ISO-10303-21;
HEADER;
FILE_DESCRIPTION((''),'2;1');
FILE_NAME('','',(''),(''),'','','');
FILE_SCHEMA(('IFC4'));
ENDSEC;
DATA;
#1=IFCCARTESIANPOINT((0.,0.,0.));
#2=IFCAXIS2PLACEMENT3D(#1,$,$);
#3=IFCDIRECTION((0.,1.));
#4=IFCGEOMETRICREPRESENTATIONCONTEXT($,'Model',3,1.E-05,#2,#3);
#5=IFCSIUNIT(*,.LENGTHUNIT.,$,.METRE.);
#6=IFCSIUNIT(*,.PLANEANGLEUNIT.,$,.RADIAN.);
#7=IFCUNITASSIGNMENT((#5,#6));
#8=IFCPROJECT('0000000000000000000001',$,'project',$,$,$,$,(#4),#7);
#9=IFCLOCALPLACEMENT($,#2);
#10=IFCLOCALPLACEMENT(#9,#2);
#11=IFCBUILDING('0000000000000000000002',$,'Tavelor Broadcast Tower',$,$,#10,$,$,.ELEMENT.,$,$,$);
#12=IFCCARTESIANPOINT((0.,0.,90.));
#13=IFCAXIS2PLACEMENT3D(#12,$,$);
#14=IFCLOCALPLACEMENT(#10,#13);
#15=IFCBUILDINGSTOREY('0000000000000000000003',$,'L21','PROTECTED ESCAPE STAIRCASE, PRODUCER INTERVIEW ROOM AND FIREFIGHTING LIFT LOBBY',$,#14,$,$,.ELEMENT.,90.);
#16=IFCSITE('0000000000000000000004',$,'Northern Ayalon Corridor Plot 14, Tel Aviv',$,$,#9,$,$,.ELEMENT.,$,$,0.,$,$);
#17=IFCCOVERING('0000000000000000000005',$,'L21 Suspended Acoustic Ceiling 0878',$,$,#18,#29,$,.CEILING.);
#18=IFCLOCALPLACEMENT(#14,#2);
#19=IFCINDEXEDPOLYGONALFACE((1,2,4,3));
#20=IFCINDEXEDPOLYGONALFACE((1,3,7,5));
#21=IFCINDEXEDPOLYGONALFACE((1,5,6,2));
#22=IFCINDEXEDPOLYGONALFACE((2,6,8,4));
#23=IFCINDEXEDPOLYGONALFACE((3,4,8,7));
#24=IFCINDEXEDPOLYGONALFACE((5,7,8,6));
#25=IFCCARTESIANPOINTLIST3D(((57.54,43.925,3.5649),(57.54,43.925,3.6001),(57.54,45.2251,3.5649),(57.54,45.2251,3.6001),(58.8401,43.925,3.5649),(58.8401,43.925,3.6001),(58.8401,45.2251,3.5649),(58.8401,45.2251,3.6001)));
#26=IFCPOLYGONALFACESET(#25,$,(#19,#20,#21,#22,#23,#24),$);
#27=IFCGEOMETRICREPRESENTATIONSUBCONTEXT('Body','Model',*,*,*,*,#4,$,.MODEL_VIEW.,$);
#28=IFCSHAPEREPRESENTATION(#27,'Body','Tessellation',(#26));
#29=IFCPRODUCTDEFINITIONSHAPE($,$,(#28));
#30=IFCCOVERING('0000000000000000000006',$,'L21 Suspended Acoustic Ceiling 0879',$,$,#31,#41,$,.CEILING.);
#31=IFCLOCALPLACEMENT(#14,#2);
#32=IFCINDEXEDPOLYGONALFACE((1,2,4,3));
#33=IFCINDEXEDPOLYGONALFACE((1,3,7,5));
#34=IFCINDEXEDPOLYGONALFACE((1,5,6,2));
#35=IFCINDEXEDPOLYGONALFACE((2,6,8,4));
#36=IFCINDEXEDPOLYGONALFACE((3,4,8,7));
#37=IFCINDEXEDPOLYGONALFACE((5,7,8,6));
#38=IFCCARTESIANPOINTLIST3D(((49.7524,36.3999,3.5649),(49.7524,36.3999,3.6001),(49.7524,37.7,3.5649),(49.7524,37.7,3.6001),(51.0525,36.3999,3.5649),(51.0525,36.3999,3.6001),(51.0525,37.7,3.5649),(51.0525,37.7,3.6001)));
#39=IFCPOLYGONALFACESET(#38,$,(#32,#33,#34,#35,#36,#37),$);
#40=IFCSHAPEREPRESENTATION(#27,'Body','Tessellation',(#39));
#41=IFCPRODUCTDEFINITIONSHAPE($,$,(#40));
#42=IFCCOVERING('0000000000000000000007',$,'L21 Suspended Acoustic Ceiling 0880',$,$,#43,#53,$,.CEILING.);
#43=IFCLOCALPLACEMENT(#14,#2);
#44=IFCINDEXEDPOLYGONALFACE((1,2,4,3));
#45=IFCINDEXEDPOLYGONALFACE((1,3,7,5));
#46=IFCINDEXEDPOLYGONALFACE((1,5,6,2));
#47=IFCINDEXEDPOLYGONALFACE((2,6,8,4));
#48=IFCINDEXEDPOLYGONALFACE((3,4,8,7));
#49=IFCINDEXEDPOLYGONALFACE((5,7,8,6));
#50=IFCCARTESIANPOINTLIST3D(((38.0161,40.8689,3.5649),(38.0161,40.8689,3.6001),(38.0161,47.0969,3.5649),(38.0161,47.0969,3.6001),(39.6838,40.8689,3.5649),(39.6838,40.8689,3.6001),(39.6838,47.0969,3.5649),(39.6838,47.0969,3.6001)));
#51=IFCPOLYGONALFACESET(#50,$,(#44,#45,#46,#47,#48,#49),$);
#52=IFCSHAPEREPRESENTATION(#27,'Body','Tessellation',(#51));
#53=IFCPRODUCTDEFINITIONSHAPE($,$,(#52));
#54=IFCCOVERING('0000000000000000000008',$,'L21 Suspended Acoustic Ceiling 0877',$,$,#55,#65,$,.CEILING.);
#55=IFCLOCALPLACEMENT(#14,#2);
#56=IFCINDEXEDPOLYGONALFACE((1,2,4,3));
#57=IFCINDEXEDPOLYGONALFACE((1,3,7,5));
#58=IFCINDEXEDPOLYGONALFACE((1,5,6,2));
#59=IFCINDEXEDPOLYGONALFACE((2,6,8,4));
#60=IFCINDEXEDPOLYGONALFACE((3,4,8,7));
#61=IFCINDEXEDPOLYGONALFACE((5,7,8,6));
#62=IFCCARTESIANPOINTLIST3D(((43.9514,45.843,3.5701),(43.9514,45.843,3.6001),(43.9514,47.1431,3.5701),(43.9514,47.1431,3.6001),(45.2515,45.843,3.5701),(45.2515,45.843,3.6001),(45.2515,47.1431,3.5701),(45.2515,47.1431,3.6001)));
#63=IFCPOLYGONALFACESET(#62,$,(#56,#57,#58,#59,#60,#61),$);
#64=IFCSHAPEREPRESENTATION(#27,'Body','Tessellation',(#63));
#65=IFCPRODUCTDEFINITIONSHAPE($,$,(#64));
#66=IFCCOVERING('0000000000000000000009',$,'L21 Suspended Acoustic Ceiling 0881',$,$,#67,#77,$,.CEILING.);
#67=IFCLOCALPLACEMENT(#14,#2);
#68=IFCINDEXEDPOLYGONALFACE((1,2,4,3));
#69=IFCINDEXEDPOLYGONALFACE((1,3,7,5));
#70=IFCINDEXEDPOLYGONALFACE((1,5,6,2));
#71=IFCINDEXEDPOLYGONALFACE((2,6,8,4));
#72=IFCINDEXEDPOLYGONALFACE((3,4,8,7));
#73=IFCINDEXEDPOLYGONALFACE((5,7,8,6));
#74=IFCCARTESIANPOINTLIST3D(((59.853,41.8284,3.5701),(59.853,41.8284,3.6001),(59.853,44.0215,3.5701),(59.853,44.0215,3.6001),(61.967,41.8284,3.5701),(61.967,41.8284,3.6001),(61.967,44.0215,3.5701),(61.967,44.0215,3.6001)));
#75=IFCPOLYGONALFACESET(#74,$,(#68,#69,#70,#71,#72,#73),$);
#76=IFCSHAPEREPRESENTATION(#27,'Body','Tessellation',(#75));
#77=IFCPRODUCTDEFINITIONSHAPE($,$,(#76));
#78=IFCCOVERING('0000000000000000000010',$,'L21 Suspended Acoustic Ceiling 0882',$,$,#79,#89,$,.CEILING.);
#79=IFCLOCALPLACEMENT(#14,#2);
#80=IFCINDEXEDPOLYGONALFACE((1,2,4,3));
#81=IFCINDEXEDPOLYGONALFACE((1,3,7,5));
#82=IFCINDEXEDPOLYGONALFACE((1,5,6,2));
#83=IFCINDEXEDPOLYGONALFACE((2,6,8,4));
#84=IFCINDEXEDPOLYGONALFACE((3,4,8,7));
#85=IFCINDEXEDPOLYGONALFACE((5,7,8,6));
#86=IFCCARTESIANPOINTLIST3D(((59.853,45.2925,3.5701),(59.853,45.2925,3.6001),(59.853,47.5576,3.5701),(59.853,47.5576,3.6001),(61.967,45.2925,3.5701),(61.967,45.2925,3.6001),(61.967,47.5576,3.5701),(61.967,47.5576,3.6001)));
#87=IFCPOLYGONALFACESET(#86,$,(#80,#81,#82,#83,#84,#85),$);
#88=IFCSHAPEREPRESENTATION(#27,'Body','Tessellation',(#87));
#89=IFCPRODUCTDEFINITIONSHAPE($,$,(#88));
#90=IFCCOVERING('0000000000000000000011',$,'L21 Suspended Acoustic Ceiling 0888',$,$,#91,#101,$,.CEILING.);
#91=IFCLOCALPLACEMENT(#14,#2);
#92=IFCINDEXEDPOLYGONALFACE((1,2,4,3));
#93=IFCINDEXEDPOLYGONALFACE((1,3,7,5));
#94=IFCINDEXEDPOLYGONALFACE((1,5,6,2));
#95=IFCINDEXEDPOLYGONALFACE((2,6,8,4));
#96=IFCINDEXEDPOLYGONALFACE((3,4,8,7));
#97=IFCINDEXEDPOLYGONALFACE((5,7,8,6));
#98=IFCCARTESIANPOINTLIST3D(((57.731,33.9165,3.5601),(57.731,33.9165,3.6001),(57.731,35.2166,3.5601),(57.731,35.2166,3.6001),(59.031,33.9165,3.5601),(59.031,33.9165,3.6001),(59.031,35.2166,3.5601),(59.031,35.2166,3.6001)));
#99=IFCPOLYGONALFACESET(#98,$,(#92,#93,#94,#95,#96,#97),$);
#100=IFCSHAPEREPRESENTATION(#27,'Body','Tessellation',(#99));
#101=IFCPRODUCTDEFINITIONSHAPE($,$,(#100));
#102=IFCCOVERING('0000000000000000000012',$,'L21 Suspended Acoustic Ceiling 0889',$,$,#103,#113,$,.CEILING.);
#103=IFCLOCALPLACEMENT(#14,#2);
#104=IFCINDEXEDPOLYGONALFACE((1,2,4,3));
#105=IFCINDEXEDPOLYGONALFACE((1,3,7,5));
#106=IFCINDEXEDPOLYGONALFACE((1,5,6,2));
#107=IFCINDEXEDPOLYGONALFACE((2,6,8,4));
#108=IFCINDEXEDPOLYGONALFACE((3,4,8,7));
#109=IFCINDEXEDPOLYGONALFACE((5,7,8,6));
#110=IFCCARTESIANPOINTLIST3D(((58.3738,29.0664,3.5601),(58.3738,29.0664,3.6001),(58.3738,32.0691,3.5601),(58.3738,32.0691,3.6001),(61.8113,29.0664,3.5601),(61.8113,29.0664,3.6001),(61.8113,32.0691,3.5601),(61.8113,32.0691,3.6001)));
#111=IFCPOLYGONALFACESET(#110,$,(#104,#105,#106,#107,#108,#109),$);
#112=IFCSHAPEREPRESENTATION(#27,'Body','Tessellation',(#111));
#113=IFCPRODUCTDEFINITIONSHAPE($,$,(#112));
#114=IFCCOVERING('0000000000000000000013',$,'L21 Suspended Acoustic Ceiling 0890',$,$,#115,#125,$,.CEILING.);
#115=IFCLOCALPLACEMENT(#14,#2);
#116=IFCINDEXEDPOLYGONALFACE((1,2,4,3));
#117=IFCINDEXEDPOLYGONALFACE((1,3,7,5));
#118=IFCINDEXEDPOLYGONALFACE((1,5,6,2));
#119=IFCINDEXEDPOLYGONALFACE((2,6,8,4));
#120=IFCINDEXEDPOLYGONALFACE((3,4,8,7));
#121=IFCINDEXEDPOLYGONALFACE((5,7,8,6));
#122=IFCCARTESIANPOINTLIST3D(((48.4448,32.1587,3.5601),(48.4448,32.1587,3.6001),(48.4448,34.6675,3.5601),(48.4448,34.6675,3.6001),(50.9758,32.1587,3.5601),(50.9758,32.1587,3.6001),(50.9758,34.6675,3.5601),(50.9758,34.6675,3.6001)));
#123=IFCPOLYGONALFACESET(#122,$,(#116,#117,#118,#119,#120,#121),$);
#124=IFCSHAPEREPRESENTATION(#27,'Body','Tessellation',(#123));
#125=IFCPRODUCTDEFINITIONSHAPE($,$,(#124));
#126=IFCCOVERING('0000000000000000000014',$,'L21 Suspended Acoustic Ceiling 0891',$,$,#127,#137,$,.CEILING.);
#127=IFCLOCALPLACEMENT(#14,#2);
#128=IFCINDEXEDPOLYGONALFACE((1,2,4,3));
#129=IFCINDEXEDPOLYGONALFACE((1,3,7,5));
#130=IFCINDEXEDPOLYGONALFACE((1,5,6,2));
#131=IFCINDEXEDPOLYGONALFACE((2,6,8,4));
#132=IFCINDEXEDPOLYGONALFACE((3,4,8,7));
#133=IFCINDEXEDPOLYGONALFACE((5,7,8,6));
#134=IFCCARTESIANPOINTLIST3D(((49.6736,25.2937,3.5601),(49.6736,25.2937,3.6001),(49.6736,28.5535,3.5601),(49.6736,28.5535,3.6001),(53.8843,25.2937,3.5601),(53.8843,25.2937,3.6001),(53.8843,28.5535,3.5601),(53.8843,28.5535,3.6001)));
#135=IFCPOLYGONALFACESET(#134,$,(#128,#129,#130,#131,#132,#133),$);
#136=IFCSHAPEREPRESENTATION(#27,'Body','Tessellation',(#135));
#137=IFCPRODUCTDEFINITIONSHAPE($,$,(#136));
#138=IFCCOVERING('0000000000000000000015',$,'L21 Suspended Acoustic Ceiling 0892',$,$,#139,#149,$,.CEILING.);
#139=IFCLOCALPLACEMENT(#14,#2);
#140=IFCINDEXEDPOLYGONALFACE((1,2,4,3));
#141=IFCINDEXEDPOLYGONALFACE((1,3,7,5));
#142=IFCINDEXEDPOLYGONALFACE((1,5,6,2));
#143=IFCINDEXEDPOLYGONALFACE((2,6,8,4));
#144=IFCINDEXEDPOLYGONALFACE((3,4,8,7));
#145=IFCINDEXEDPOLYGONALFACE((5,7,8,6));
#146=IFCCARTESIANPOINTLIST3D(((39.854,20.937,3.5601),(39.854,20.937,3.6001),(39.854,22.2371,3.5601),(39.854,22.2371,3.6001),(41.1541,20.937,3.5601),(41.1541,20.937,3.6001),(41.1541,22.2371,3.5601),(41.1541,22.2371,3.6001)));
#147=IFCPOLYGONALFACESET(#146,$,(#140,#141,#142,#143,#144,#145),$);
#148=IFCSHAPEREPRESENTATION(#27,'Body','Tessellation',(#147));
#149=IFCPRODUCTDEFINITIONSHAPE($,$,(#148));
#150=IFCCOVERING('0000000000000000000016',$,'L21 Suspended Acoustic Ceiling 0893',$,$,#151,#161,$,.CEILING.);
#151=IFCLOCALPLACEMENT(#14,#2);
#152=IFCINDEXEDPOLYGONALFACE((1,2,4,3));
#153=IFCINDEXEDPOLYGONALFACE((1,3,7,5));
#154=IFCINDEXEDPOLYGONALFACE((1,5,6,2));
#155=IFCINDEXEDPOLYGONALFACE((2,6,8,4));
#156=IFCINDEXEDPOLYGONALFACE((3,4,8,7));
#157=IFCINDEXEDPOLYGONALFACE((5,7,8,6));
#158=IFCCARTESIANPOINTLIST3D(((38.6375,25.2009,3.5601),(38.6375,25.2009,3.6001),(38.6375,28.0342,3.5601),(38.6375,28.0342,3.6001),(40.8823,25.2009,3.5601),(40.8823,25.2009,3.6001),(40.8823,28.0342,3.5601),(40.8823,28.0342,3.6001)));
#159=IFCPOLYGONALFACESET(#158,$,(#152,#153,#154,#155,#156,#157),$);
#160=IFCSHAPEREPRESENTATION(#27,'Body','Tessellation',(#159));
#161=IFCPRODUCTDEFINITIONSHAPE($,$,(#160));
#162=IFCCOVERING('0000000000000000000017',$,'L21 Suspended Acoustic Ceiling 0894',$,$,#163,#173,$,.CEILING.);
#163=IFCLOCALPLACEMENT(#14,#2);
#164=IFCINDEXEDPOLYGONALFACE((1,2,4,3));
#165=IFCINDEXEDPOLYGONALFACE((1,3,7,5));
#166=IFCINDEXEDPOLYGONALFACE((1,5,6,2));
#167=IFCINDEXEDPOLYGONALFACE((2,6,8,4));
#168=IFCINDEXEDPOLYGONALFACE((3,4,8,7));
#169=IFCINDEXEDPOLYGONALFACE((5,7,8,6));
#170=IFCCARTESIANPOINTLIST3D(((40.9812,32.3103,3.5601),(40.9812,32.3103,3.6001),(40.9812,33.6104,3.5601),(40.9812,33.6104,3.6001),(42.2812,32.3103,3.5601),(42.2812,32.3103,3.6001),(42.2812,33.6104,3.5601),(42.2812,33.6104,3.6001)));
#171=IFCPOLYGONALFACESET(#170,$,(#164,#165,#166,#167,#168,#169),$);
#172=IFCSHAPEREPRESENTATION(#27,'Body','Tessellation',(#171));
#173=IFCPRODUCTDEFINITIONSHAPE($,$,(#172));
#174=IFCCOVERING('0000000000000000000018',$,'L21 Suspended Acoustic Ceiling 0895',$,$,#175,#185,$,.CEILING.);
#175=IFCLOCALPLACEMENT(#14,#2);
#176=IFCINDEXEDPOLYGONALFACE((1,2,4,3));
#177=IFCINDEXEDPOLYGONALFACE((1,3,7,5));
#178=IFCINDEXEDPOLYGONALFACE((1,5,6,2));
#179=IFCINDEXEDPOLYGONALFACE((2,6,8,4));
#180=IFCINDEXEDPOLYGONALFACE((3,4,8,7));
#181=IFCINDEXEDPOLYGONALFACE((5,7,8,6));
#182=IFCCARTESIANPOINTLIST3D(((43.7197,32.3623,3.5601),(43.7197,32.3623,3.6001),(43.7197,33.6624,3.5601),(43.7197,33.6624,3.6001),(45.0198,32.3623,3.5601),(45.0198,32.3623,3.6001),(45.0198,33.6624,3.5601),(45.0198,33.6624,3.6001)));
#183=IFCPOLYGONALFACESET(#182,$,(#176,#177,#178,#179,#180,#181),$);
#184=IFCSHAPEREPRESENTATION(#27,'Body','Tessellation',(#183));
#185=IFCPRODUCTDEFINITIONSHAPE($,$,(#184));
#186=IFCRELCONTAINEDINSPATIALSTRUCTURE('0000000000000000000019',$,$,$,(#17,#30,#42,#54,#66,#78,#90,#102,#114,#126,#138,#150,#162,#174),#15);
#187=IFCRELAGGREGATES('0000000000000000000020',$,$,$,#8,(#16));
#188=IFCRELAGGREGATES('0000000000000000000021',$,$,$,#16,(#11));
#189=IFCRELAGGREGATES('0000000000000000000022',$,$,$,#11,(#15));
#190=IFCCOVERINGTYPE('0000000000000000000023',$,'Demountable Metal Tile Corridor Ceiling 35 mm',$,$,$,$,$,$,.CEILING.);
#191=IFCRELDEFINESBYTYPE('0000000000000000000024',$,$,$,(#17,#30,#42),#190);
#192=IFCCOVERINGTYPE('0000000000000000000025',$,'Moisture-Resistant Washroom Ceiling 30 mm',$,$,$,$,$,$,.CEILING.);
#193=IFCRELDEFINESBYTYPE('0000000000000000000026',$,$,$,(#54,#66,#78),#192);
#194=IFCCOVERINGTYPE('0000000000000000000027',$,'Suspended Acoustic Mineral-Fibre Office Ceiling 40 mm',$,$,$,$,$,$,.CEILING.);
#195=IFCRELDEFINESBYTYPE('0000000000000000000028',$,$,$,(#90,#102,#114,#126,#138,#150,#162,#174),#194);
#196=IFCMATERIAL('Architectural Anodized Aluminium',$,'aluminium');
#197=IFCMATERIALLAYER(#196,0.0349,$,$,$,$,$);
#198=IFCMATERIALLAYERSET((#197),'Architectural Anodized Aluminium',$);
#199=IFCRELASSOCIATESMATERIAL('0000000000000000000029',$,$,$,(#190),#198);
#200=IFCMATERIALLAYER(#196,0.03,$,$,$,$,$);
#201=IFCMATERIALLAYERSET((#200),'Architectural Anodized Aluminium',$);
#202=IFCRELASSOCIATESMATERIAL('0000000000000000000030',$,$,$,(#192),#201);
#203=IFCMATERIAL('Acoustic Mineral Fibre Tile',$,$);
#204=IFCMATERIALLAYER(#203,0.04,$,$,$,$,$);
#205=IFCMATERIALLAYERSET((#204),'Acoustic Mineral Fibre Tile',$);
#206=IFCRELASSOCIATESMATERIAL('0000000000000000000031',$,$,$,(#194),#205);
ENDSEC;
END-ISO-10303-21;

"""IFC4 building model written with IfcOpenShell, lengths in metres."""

from ifc_helpers import new_model, si_unit, direction, frame, origin, place, context, subcontext, project, spatial, polyline, outline, extrude, material, layer, layer_set, type_object, element, save


model = new_model("IFC4")

# Units and contexts
model_context = context("Model", 3, precision=1e-05, world=origin(), true_north=direction((0.0, 1.0)))
body_context = subcontext(model_context, "Body", "Model", "MODEL_VIEW")
ifc_project = project(units=[si_unit("LENGTHUNIT", "METRE"), si_unit("PLANEANGLEUNIT", "RADIAN")], contexts=[model_context])

# Site, building, storey
site_placement = place(None, origin())
site = spatial("IfcSite", under=ifc_project, at=site_placement, Name="Northern Ayalon Corridor Plot 14, Tel Aviv", CompositionType="ELEMENT", RefElevation=0.0)
building_placement = place(site_placement, origin())
building = spatial("IfcBuilding", under=site, at=building_placement, Name="Tavelor Broadcast Tower", CompositionType="ELEMENT")
storey_placement = place(building_placement, frame((0.0, 0.0, 90.0)))
storey = spatial("IfcBuildingStorey", under=building, at=storey_placement, Name="L21", Description="PROTECTED ESCAPE STAIRCASE, PRODUCER INTERVIEW ROOM AND FIREFIGHTING LIFT LOBBY", CompositionType="ELEMENT", Elevation=90.0)

# Coverings
ifc_material_1 = material(Name="Architectural Anodized Aluminium", Category="aluminium")
ifc_layer_1 = layer(ifc_material_1, 0.0349)
ifc_layer_set_1 = layer_set([ifc_layer_1], Name="Architectural Anodized Aluminium")
covering_type_1 = type_object("IfcCoveringType", Name="Demountable Metal Tile Corridor Ceiling 35 mm", PredefinedType="CEILING", material=ifc_layer_set_1)
covering_1_placement = place(storey_placement, frame((0.0, 0.0, 3.5649)))
element("IfcCovering", 1, at=covering_1_placement, inside=storey, type_object=covering_type_1, Name="L21 Suspended Acoustic Ceiling 0878", PredefinedType="CEILING", context=body_context, shape_type="SweptSolid", body=[
    extrude(outline(polyline([(57.54, 43.925), (58.8401, 43.925), (58.8401, 45.2251), (57.54, 45.2251), (57.54, 43.925)])), origin(), (0.0, 0.0, 1.0), 0.0352),
])
covering_2_placement = place(storey_placement, frame((0.0, 0.0, 3.5649)))
element("IfcCovering", 2, at=covering_2_placement, inside=storey, type_object=covering_type_1, Name="L21 Suspended Acoustic Ceiling 0879", PredefinedType="CEILING", context=body_context, shape_type="SweptSolid", body=[
    extrude(outline(polyline([(49.7524, 36.3999), (51.0525, 36.3999), (51.0525, 37.7), (49.7524, 37.7), (49.7524, 36.3999)])), origin(), (0.0, 0.0, 1.0), 0.0352),
])
covering_3_placement = place(storey_placement, frame((0.0, 0.0, 3.5649)))
element("IfcCovering", 3, at=covering_3_placement, inside=storey, type_object=covering_type_1, Name="L21 Suspended Acoustic Ceiling 0880", PredefinedType="CEILING", context=body_context, shape_type="SweptSolid", body=[
    extrude(outline(polyline([(38.0161, 40.8689), (39.6838, 40.8689), (39.6838, 47.0969), (38.0161, 47.0969), (38.0161, 40.8689)])), origin(), (0.0, 0.0, 1.0), 0.0352),
])
ifc_layer_2 = layer(ifc_material_1, 0.03)
ifc_layer_set_2 = layer_set([ifc_layer_2], Name="Architectural Anodized Aluminium")
covering_type_2 = type_object("IfcCoveringType", Name="Moisture-Resistant Washroom Ceiling 30 mm", PredefinedType="CEILING", material=ifc_layer_set_2)
covering_4_placement = place(storey_placement, frame((0.0, 0.0, 3.5701)))
element("IfcCovering", 4, at=covering_4_placement, inside=storey, type_object=covering_type_2, Name="L21 Suspended Acoustic Ceiling 0877", PredefinedType="CEILING", context=body_context, shape_type="SweptSolid", body=[
    extrude(outline(polyline([(43.9514, 45.843), (45.2515, 45.843), (45.2515, 47.1431), (43.9514, 47.1431), (43.9514, 45.843)])), origin(), (0.0, 0.0, 1.0), 0.03),
])
covering_5_placement = place(storey_placement, frame((0.0, 0.0, 3.5701)))
element("IfcCovering", 5, at=covering_5_placement, inside=storey, type_object=covering_type_2, Name="L21 Suspended Acoustic Ceiling 0881", PredefinedType="CEILING", context=body_context, shape_type="SweptSolid", body=[
    extrude(outline(polyline([(59.853, 41.8284), (61.967, 41.8284), (61.967, 44.0215), (59.853, 44.0215), (59.853, 41.8284)])), origin(), (0.0, 0.0, 1.0), 0.03),
])
covering_6_placement = place(storey_placement, frame((0.0, 0.0, 3.5701)))
element("IfcCovering", 6, at=covering_6_placement, inside=storey, type_object=covering_type_2, Name="L21 Suspended Acoustic Ceiling 0882", PredefinedType="CEILING", context=body_context, shape_type="SweptSolid", body=[
    extrude(outline(polyline([(59.853, 45.2925), (61.967, 45.2925), (61.967, 47.5576), (59.853, 47.5576), (59.853, 45.2925)])), origin(), (0.0, 0.0, 1.0), 0.03),
])
ifc_material_2 = material(Name="Acoustic Mineral Fibre Tile")
ifc_layer_3 = layer(ifc_material_2, 0.04)
ifc_layer_set_3 = layer_set([ifc_layer_3], Name="Acoustic Mineral Fibre Tile")
covering_type_3 = type_object("IfcCoveringType", Name="Suspended Acoustic Mineral-Fibre Office Ceiling 40 mm", PredefinedType="CEILING", material=ifc_layer_set_3)
covering_7_placement = place(storey_placement, frame((0.0, 0.0, 3.5601)))
element("IfcCovering", 7, at=covering_7_placement, inside=storey, type_object=covering_type_3, Name="L21 Suspended Acoustic Ceiling 0888", PredefinedType="CEILING", context=body_context, shape_type="SweptSolid", body=[
    extrude(outline(polyline([(57.731, 33.9165), (59.031, 33.9165), (59.031, 35.2166), (57.731, 35.2166), (57.731, 33.9165)])), origin(), (0.0, 0.0, 1.0), 0.04),
])
covering_8_placement = place(storey_placement, frame((0.0, 0.0, 3.5601)))
element("IfcCovering", 8, at=covering_8_placement, inside=storey, type_object=covering_type_3, Name="L21 Suspended Acoustic Ceiling 0889", PredefinedType="CEILING", context=body_context, shape_type="SweptSolid", body=[
    extrude(outline(polyline([(58.3738, 29.0664), (61.8113, 29.0664), (61.8113, 32.0691), (58.3738, 32.0691), (58.3738, 29.0664)])), origin(), (0.0, 0.0, 1.0), 0.04),
])
covering_9_placement = place(storey_placement, frame((0.0, 0.0, 3.5601)))
element("IfcCovering", 9, at=covering_9_placement, inside=storey, type_object=covering_type_3, Name="L21 Suspended Acoustic Ceiling 0890", PredefinedType="CEILING", context=body_context, shape_type="SweptSolid", body=[
    extrude(outline(polyline([(48.4448, 32.1587), (50.9758, 32.1587), (50.9758, 34.6675), (48.4448, 34.6675), (48.4448, 32.1587)])), origin(), (0.0, 0.0, 1.0), 0.04),
])
covering_10_placement = place(storey_placement, frame((0.0, 0.0, 3.5601)))
element("IfcCovering", 10, at=covering_10_placement, inside=storey, type_object=covering_type_3, Name="L21 Suspended Acoustic Ceiling 0891", PredefinedType="CEILING", context=body_context, shape_type="SweptSolid", body=[
    extrude(outline(polyline([(49.6736, 25.2937), (53.8843, 25.2937), (53.8843, 28.5535), (49.6736, 28.5535), (49.6736, 25.2937)])), origin(), (0.0, 0.0, 1.0), 0.04),
])
covering_11_placement = place(storey_placement, frame((0.0, 0.0, 3.5601)))
element("IfcCovering", 11, at=covering_11_placement, inside=storey, type_object=covering_type_3, Name="L21 Suspended Acoustic Ceiling 0892", PredefinedType="CEILING", context=body_context, shape_type="SweptSolid", body=[
    extrude(outline(polyline([(39.854, 20.937), (41.1541, 20.937), (41.1541, 22.2371), (39.854, 22.2371), (39.854, 20.937)])), origin(), (0.0, 0.0, 1.0), 0.04),
])
covering_12_placement = place(storey_placement, frame((0.0, 0.0, 3.5601)))
element("IfcCovering", 12, at=covering_12_placement, inside=storey, type_object=covering_type_3, Name="L21 Suspended Acoustic Ceiling 0893", PredefinedType="CEILING", context=body_context, shape_type="SweptSolid", body=[
    extrude(outline(polyline([(38.6375, 25.2009), (40.8823, 25.2009), (40.8823, 28.0342), (38.6375, 28.0342), (38.6375, 25.2009)])), origin(), (0.0, 0.0, 1.0), 0.04),
])
covering_13_placement = place(storey_placement, frame((0.0, 0.0, 3.5601)))
element("IfcCovering", 13, at=covering_13_placement, inside=storey, type_object=covering_type_3, Name="L21 Suspended Acoustic Ceiling 0894", PredefinedType="CEILING", context=body_context, shape_type="SweptSolid", body=[
    extrude(outline(polyline([(40.9812, 32.3103), (42.2812, 32.3103), (42.2812, 33.6104), (40.9812, 33.6104), (40.9812, 32.3103)])), origin(), (0.0, 0.0, 1.0), 0.04),
])
covering_14_placement = place(storey_placement, frame((0.0, 0.0, 3.5601)))
element("IfcCovering", 14, at=covering_14_placement, inside=storey, type_object=covering_type_3, Name="L21 Suspended Acoustic Ceiling 0895", PredefinedType="CEILING", context=body_context, shape_type="SweptSolid", body=[
    extrude(outline(polyline([(43.7197, 32.3623), (45.0198, 32.3623), (45.0198, 33.6624), (43.7197, 33.6624), (43.7197, 32.3623)])), origin(), (0.0, 0.0, 1.0), 0.04),
])

save(model, "model.ifc")
